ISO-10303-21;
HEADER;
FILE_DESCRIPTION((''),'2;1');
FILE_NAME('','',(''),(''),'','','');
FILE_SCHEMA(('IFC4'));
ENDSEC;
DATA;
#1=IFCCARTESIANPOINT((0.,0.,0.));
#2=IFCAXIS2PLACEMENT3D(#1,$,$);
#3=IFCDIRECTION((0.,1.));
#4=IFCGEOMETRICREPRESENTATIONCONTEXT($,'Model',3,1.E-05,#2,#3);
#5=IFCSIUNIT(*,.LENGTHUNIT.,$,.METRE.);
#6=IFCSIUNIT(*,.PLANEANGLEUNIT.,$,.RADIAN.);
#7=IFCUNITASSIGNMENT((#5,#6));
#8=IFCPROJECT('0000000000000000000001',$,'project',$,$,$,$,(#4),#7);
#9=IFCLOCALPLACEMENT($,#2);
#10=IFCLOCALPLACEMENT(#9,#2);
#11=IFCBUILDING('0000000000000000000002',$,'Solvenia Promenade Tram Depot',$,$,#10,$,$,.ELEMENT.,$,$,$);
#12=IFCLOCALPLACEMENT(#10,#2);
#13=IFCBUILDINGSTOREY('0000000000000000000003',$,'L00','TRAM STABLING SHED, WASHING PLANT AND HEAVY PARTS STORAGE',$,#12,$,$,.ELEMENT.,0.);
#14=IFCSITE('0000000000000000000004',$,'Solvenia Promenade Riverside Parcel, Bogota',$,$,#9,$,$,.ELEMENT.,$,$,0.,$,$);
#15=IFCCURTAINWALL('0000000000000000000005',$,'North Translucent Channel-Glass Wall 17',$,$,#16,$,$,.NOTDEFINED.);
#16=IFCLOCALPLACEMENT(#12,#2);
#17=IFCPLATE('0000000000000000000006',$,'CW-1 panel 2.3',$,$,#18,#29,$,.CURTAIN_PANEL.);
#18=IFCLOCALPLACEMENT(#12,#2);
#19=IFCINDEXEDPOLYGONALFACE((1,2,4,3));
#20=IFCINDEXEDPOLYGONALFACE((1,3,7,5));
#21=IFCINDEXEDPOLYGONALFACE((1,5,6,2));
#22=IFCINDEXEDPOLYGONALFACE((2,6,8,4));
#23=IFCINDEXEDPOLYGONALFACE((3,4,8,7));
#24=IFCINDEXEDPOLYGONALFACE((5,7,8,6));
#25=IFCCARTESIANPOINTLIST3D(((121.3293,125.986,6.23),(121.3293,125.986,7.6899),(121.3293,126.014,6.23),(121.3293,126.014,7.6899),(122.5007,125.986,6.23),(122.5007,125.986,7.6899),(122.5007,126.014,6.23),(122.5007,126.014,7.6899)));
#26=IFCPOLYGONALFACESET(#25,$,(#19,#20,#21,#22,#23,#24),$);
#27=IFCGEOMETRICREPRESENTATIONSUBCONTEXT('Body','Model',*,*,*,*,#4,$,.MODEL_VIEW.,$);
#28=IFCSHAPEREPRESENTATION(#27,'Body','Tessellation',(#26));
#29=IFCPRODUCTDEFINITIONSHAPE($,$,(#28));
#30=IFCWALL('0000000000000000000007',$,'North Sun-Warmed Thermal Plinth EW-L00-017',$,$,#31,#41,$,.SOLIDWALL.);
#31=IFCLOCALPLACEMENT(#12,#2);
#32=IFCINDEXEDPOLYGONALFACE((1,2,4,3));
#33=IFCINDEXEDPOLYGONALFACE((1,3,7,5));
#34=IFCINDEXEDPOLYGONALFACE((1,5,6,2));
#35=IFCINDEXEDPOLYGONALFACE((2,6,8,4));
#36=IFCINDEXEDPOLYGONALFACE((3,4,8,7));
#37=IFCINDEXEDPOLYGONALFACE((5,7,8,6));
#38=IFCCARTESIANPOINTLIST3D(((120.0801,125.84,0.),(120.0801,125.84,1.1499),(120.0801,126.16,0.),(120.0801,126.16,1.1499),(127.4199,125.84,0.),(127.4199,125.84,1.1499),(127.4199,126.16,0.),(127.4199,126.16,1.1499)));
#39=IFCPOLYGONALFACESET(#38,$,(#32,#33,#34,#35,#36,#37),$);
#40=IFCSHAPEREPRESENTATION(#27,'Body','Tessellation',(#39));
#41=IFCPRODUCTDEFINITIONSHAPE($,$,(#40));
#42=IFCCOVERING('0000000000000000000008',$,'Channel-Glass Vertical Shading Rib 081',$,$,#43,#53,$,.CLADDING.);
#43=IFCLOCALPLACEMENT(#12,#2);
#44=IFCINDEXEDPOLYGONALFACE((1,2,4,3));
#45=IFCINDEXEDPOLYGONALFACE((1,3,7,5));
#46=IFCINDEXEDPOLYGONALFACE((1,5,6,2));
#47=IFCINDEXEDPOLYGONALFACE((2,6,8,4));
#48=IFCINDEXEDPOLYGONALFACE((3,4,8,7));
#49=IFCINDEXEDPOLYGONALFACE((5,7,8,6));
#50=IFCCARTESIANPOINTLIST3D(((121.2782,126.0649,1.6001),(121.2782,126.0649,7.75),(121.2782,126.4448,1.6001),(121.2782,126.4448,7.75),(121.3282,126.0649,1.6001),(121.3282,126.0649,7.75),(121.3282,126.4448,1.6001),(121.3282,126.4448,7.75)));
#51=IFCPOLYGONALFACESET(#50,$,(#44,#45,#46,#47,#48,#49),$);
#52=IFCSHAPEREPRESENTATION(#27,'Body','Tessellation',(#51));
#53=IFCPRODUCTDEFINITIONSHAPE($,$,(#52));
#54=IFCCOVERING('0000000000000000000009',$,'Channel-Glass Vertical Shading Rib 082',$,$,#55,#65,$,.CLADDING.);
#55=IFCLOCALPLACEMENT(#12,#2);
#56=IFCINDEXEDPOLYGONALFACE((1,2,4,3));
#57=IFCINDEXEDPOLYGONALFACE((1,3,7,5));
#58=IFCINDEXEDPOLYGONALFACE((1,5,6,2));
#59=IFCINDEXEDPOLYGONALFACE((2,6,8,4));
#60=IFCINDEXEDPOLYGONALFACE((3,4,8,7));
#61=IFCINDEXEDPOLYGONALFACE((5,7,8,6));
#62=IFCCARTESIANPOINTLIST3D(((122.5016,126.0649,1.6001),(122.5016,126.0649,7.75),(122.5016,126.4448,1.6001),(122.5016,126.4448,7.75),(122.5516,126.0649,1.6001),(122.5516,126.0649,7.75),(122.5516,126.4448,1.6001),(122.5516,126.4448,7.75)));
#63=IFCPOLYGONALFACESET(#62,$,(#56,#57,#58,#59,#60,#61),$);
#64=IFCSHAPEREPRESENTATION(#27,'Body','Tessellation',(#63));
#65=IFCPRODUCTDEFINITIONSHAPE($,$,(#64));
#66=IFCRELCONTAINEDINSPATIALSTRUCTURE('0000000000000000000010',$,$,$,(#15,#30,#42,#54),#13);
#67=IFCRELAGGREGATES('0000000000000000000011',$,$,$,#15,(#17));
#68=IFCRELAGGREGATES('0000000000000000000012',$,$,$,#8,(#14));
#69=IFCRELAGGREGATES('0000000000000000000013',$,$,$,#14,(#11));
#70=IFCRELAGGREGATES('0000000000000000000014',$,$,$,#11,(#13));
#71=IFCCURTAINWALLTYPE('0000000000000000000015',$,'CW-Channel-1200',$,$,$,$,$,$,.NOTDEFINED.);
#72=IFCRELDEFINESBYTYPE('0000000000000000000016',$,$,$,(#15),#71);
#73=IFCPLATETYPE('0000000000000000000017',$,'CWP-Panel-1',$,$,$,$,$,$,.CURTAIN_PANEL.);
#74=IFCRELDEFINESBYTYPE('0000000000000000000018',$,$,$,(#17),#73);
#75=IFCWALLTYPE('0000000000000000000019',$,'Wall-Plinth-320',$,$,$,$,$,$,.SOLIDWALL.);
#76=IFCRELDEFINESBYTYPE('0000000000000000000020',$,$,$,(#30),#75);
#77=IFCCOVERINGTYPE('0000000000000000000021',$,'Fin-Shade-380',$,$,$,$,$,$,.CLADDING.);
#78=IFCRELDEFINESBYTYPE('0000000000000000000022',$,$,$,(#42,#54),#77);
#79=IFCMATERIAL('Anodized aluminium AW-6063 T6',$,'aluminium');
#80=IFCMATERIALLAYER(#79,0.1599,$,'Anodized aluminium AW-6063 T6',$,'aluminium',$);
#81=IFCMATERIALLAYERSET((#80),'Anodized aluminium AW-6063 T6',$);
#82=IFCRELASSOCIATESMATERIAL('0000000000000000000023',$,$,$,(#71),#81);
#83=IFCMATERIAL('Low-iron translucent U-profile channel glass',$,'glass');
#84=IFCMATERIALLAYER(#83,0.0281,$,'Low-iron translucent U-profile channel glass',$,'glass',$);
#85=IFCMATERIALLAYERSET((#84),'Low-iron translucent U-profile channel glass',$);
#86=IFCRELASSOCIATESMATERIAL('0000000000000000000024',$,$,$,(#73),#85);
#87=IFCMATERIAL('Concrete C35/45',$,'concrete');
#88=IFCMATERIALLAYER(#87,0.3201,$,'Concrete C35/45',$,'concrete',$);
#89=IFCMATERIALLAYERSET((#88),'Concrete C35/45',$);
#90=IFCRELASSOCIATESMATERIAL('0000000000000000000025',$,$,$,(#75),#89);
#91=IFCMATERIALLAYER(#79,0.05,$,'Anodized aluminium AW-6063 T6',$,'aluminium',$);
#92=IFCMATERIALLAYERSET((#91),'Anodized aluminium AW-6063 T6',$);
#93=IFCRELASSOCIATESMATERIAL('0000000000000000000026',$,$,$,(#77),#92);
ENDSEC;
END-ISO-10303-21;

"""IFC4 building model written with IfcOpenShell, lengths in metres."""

from ifc_helpers import new_model, si_unit, direction, frame, frame_2d, origin, origin_2d, place, context, subcontext, project, spatial, rectangle, extrude, material, layer, layer_set, type_object, element, aggregate, save


model = new_model("IFC4")

# Units and contexts
model_context = context("Model", 3, precision=1e-05, world=origin(), true_north=direction((0.0, 1.0)))
body_context = subcontext(model_context, "Body", "Model", "MODEL_VIEW")
ifc_project = project(units=[si_unit("LENGTHUNIT", "METRE"), si_unit("PLANEANGLEUNIT", "RADIAN")], contexts=[model_context])

# Site, building, storey
site_placement = place(None, origin())
site = spatial("IfcSite", under=ifc_project, at=site_placement, Name="Solvenia Promenade Riverside Parcel, Bogota", CompositionType="ELEMENT", RefElevation=0.0)
building_placement = place(site_placement, origin())
building = spatial("IfcBuilding", under=site, at=building_placement, Name="Solvenia Promenade Tram Depot", CompositionType="ELEMENT")
storey_placement = place(building_placement, origin())
storey = spatial("IfcBuildingStorey", under=building, at=storey_placement, Name="L00", Description="TRAM STABLING SHED, WASHING PLANT AND HEAVY PARTS STORAGE", CompositionType="ELEMENT", Elevation=0.0)

# Shared definitions
ifc_material_1 = material(Name="Anodized aluminium AW-6063 T6", Category="aluminium")
ifc_layer_1 = layer(ifc_material_1, 0.1599, Name="Anodized aluminium AW-6063 T6", Category="aluminium")
ifc_layer_set_1 = layer_set([ifc_layer_1], Name="Anodized aluminium AW-6063 T6")
curtain_wall_type = type_object("IfcCurtainWallType", Name="CW-Channel-1200", PredefinedType="NOTDEFINED", material=ifc_layer_set_1)

# Curtain wall
curtain_wall_1_placement = place(storey_placement, origin())
curtain_wall_1 = element("IfcCurtainWall", 1, at=curtain_wall_1_placement, inside=storey, type_object=curtain_wall_type, Name="North Translucent Channel-Glass Wall 17", PredefinedType="NOTDEFINED")

# Plate
ifc_material_2 = material(Name="Low-iron translucent U-profile channel glass", Category="glass")
ifc_layer_2 = layer(ifc_material_2, 0.0281, Name="Low-iron translucent U-profile channel glass", Category="glass")
ifc_layer_set_2 = layer_set([ifc_layer_2], Name="Low-iron translucent U-profile channel glass")
plate_type = type_object("IfcPlateType", Name="CWP-Panel-1", PredefinedType="CURTAIN_PANEL", material=ifc_layer_set_2)
plate_1_placement = place(storey_placement, frame((121.915, 126.0, 6.23), z_axis=(0.0, 0.0, 1.0), x_axis=(1.0, 0.0, 0.0)))
plate_1 = element("IfcPlate", 2, at=plate_1_placement, type_object=plate_type, Name="CW-1 panel 2.3", PredefinedType="CURTAIN_PANEL", context=body_context, shape_type="SweptSolid", body=[
    extrude(rectangle(XDim=1.1714, YDim=0.0281, at=origin_2d()), origin(), (0.0, 0.0, 1.0), 1.46),
])
aggregate(curtain_wall_1, [plate_1])

# Wall
ifc_material_3 = material(Name="Concrete C35/45", Category="concrete")
ifc_layer_3 = layer(ifc_material_3, 0.3201, Name="Concrete C35/45", Category="concrete")
ifc_layer_set_3 = layer_set([ifc_layer_3], Name="Concrete C35/45")
wall_type = type_object("IfcWallType", Name="Wall-Plinth-320", PredefinedType="SOLIDWALL", material=ifc_layer_set_3)
wall_placement = place(storey_placement, frame((120.0801, 126.0, 0.0), z_axis=(0.0, 0.0, 1.0), x_axis=(1.0, 0.0, 0.0)))
element("IfcWall", 3, at=wall_placement, inside=storey, type_object=wall_type, Name="North Sun-Warmed Thermal Plinth EW-L00-017", PredefinedType="SOLIDWALL", context=body_context, shape_type="SweptSolid", body=[
    extrude(rectangle(XDim=7.3398, YDim=0.3201, at=frame_2d((3.6699, 0.0))), origin(), (0.0, 0.0, 1.0), 1.1499),
])

# Coverings
ifc_layer_4 = layer(ifc_material_1, 0.05, Name="Anodized aluminium AW-6063 T6", Category="aluminium")
ifc_layer_set_4 = layer_set([ifc_layer_4], Name="Anodized aluminium AW-6063 T6")
covering_type = type_object("IfcCoveringType", Name="Fin-Shade-380", PredefinedType="CLADDING", material=ifc_layer_set_4)
for number, where, z_axis, x_axis, name in (
    (4, (121.3032, 126.2549, 1.6001), (0.0, 0.0, 1.0), (1.0, 0.0, 0.0), "Channel-Glass Vertical Shading Rib 081"),
    (5, (122.5266, 126.2549, 1.6001), (0.0, 0.0, 1.0), (1.0, 0.0, 0.0), "Channel-Glass Vertical Shading Rib 082"),
):
    element("IfcCovering", number, at=place(storey_placement, frame(where, z_axis=z_axis, x_axis=x_axis)), inside=storey, type_object=covering_type, Name=name, PredefinedType="CLADDING", context=body_context, shape_type="SweptSolid", body=[
        extrude(rectangle(XDim=0.05, YDim=0.3799, at=origin_2d()), origin(), (0.0, 0.0, 1.0), 6.1499),
    ])

save(model, "model.ifc")
